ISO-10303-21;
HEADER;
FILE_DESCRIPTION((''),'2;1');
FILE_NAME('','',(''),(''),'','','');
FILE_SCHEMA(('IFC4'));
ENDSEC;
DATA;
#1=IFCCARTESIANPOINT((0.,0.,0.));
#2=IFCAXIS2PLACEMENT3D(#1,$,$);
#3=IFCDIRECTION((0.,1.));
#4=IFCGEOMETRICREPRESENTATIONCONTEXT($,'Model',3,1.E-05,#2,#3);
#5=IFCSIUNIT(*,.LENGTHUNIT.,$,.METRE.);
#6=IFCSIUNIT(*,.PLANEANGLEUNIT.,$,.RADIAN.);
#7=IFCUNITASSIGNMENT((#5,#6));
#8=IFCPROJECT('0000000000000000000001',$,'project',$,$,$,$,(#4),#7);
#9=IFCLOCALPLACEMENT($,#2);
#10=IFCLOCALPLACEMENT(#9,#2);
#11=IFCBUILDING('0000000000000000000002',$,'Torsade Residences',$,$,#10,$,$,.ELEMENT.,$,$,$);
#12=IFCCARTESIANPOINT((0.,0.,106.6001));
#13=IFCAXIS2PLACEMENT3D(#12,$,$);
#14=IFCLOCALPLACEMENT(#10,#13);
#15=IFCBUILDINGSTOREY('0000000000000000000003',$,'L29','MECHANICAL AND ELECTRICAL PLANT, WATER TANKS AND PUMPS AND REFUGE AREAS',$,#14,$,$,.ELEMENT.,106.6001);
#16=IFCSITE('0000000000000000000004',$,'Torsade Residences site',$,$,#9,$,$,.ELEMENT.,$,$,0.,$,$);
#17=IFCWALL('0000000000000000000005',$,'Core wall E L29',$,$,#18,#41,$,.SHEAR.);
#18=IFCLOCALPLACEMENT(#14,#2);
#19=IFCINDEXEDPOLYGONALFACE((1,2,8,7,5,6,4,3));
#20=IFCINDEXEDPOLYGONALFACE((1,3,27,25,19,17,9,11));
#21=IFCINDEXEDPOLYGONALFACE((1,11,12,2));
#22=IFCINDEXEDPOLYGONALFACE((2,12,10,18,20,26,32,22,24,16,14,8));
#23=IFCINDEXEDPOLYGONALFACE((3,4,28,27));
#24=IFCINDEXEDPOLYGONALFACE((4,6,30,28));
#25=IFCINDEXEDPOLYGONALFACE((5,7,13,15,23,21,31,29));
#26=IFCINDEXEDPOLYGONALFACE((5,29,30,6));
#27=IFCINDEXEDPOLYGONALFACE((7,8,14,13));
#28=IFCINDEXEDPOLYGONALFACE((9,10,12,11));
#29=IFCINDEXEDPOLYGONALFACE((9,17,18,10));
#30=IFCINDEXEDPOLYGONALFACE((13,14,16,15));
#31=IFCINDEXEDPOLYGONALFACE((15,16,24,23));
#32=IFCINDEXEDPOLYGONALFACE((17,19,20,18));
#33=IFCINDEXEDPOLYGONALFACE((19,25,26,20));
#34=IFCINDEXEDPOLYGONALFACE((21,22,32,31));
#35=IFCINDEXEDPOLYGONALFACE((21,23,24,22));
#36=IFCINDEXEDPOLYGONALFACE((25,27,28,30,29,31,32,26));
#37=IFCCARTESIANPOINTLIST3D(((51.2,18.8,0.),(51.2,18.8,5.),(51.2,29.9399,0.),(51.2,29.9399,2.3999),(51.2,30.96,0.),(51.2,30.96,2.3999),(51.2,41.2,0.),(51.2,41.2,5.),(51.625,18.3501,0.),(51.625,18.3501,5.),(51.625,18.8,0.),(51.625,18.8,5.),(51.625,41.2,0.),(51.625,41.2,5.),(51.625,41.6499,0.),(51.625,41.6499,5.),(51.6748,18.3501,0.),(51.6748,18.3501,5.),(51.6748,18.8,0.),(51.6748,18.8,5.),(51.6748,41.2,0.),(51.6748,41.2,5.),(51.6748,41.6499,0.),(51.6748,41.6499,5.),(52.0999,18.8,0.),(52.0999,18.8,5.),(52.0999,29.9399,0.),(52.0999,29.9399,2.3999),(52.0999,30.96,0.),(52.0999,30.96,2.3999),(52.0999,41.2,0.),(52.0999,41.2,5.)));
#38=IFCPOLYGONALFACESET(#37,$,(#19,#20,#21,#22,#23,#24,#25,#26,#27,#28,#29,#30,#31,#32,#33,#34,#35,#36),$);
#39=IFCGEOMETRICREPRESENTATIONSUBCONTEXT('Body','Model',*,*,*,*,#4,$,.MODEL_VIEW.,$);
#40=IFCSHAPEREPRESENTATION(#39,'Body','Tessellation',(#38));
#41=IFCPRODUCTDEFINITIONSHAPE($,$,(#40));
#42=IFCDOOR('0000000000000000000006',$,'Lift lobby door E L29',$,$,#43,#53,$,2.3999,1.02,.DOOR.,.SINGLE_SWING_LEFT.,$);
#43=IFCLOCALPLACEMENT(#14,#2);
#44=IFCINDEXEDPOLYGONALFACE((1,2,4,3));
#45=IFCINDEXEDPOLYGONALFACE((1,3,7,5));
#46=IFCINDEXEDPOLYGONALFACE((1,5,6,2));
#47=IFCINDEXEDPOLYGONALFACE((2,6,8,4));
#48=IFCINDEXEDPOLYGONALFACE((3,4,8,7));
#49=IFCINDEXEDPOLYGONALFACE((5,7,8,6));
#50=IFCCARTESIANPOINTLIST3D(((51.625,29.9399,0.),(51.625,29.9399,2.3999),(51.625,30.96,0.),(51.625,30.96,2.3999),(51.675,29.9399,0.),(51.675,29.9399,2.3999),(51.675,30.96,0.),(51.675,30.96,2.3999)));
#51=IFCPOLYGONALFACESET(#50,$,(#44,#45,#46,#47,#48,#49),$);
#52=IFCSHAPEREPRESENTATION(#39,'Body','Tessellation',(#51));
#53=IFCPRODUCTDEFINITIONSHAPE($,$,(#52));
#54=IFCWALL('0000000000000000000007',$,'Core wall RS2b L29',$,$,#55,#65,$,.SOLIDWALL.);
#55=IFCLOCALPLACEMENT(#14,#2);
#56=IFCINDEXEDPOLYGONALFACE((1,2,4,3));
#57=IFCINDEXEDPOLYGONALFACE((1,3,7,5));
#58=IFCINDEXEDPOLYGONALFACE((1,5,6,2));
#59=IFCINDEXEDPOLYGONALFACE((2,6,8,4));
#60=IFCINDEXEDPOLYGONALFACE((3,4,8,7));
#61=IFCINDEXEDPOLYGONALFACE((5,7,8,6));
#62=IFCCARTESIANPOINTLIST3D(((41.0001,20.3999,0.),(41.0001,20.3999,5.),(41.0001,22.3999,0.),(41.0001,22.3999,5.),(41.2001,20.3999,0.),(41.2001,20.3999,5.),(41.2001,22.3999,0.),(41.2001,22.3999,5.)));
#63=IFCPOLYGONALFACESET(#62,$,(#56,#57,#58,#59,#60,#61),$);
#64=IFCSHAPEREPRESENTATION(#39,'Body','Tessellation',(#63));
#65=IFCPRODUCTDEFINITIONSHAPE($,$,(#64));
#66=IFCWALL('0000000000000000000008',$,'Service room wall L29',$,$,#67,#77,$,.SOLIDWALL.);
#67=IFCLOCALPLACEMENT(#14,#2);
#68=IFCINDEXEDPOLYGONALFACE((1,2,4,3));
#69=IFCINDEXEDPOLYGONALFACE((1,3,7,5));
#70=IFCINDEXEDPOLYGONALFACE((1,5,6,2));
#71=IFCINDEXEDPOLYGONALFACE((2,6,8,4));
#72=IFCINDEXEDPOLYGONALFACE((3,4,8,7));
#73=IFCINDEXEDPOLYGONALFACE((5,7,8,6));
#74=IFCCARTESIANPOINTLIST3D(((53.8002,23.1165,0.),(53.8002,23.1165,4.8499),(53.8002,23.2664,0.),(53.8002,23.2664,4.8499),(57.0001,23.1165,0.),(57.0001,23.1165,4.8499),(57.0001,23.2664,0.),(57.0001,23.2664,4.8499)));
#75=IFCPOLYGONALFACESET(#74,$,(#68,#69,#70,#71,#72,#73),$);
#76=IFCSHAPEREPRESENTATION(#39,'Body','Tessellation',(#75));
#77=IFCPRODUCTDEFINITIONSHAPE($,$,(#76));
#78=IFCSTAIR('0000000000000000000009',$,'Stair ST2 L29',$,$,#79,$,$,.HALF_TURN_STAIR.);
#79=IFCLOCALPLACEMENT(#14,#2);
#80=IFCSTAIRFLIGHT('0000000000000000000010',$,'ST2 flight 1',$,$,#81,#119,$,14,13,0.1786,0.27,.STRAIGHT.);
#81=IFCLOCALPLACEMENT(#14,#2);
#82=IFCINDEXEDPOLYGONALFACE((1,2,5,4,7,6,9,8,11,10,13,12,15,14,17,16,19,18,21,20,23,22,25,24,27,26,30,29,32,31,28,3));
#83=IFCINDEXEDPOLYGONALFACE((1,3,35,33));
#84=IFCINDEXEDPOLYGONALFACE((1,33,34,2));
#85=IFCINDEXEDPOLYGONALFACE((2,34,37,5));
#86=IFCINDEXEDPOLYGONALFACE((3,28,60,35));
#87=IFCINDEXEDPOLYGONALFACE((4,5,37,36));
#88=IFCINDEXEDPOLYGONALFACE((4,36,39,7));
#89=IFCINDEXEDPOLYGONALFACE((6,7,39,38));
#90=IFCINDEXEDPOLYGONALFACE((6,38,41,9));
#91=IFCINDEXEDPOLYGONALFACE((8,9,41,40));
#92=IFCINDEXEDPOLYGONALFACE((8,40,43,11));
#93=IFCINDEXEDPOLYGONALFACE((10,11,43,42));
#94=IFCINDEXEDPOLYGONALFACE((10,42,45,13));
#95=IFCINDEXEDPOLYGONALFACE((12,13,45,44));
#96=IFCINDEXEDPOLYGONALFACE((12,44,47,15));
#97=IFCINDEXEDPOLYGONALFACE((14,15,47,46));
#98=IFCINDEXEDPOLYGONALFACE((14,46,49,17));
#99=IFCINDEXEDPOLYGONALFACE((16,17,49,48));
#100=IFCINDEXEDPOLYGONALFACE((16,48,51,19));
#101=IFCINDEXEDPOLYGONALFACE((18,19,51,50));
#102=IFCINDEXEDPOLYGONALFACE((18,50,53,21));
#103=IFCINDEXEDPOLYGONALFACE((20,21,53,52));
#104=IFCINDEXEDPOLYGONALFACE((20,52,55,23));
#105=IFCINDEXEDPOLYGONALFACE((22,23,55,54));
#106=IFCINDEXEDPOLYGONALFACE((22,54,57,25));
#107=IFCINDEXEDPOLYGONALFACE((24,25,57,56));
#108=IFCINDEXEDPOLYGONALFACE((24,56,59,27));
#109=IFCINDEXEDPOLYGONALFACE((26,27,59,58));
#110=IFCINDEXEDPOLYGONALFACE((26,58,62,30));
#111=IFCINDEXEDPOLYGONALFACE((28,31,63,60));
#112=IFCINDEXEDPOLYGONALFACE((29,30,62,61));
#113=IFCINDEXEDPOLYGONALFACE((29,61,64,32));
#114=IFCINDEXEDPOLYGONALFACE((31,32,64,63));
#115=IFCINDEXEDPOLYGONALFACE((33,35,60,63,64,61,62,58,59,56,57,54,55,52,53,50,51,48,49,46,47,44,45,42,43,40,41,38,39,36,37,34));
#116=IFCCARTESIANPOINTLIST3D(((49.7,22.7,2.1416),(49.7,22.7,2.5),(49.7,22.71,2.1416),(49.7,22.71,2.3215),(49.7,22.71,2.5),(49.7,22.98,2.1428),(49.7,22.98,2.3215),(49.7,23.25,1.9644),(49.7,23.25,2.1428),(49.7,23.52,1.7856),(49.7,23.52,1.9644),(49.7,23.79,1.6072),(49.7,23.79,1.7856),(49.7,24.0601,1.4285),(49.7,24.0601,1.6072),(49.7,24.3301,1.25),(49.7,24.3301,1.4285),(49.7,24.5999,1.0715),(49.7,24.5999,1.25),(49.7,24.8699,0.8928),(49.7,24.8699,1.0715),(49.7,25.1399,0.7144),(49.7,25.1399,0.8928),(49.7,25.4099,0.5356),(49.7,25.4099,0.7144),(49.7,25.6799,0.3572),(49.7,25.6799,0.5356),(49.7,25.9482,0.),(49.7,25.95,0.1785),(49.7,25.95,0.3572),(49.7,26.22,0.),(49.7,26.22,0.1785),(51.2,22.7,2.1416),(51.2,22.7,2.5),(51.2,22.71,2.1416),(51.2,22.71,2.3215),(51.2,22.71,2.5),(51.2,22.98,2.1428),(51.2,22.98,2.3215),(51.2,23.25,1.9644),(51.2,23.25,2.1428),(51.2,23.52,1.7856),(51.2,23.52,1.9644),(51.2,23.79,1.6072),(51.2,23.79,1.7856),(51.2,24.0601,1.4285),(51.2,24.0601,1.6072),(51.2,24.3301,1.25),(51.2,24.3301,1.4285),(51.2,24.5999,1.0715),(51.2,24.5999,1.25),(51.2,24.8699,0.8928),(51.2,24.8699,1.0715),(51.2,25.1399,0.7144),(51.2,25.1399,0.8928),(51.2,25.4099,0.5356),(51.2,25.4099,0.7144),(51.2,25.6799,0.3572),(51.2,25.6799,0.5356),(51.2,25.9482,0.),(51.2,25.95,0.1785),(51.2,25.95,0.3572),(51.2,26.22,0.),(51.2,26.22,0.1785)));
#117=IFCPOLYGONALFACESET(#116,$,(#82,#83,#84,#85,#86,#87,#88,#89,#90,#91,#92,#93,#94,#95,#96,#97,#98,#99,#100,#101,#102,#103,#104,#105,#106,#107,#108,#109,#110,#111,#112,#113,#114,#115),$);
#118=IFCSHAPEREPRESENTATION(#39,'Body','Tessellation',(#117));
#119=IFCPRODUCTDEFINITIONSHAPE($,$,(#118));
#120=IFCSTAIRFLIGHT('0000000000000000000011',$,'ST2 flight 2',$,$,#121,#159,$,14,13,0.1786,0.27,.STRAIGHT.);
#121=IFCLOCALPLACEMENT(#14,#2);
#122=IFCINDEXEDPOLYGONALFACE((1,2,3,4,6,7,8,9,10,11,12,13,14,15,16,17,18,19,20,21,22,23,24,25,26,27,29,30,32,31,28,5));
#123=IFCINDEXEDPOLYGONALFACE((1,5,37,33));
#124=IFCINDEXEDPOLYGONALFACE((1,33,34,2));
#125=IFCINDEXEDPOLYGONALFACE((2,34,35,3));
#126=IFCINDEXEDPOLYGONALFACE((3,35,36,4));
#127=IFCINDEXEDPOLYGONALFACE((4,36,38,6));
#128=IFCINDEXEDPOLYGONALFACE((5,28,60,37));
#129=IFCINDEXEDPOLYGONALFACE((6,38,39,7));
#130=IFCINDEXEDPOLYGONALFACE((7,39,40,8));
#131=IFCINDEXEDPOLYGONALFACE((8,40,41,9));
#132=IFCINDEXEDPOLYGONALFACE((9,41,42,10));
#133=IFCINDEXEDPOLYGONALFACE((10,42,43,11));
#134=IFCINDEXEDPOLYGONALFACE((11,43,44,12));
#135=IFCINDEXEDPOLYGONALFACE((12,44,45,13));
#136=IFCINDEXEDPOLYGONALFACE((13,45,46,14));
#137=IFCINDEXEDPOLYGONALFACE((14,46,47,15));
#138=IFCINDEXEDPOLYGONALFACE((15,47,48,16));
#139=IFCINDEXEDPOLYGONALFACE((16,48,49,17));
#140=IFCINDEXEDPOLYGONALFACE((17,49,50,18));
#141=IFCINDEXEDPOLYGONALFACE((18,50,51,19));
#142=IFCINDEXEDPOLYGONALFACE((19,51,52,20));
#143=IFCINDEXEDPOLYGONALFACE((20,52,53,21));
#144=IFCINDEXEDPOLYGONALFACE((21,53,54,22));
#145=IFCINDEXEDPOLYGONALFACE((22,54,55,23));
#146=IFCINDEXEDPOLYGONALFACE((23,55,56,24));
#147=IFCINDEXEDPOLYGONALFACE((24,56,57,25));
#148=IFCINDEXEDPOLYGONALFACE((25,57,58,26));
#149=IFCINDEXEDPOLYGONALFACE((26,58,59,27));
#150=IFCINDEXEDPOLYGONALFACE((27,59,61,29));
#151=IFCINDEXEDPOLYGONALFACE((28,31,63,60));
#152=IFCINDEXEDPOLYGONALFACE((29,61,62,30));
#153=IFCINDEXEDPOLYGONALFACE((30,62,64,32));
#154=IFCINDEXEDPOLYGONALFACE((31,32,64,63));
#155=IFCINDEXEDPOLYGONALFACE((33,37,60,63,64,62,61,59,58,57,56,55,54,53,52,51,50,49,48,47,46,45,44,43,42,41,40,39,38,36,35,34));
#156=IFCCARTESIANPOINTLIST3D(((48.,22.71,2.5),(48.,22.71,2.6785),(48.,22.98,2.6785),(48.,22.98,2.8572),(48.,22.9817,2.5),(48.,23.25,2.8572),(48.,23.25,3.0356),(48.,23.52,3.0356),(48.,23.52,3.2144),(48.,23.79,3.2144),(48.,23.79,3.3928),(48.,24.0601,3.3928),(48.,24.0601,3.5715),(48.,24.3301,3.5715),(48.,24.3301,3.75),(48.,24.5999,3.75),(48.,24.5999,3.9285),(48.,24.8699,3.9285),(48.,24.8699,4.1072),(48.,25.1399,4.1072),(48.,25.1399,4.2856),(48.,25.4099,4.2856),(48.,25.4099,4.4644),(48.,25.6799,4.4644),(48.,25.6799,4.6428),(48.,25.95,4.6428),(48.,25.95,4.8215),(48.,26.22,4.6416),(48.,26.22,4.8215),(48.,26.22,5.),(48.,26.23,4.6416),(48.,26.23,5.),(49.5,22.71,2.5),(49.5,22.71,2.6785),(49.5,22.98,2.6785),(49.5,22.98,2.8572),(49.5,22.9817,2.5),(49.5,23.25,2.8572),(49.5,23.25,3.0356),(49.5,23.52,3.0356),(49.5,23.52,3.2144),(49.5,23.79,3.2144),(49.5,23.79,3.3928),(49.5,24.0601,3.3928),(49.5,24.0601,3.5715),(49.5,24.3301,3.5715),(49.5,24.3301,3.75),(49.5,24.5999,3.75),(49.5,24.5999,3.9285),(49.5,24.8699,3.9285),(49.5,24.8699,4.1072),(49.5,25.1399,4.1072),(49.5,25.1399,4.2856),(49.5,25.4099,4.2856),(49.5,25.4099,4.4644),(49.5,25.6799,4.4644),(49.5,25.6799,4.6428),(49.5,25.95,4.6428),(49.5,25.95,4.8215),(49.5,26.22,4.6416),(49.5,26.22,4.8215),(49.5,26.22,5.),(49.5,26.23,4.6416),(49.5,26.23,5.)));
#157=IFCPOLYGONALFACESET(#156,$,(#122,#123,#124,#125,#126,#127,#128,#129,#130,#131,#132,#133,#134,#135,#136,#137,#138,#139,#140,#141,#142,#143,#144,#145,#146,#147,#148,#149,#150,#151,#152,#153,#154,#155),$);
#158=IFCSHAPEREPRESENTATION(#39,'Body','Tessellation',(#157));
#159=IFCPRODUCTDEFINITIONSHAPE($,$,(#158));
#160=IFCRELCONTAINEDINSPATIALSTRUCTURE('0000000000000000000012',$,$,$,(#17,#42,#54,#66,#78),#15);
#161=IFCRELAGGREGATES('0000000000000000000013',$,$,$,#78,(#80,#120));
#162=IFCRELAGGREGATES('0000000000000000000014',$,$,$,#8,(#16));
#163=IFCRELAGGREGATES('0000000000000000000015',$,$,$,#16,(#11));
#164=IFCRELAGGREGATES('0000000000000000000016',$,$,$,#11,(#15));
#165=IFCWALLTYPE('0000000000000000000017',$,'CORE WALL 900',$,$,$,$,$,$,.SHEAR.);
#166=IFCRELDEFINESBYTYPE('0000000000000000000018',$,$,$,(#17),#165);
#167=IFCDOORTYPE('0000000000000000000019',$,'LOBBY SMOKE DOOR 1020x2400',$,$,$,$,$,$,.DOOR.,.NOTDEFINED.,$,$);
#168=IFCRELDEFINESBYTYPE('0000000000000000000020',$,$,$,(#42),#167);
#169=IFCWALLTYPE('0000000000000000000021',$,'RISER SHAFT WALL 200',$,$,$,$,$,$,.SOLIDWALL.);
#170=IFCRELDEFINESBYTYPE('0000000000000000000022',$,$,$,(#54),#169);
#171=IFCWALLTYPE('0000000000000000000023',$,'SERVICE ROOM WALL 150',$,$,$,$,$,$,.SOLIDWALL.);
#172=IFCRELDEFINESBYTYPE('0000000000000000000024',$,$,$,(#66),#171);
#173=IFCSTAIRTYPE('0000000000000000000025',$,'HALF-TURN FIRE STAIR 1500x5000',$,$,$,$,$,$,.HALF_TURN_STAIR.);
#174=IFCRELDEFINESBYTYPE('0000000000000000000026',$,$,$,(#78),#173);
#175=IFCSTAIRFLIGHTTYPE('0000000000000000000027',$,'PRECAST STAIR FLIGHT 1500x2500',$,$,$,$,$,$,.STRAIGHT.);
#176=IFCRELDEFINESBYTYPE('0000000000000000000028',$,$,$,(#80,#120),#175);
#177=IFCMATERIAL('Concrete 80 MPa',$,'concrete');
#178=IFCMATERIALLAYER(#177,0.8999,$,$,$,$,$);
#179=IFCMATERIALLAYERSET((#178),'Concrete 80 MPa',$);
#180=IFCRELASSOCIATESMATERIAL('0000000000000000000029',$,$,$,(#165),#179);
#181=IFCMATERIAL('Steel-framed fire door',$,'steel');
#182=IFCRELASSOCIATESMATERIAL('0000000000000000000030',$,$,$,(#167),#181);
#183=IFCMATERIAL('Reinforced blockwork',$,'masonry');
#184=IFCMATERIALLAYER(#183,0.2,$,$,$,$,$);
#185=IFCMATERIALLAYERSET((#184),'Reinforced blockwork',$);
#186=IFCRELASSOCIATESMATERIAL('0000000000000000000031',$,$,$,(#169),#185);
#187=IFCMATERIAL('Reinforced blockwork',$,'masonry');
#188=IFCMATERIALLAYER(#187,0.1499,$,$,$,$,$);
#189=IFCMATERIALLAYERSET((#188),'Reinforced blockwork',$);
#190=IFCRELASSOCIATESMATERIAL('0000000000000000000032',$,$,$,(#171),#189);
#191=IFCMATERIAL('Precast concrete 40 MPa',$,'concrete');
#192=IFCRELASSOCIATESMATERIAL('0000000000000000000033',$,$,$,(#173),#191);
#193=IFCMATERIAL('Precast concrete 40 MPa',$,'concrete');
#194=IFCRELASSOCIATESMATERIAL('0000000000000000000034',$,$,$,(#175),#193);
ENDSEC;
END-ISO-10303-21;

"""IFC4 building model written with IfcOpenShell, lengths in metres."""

from ifc_helpers import new_model, si_unit, direction, frame, frame_2d, origin, place, context, subcontext, project, spatial, polyline, rectangle, outline, extrude, material, layer, layer_set, type_object, element, fill, aggregate, save


model = new_model("IFC4")

# Units and contexts
model_context = context("Model", 3, precision=1e-05, world=origin(), true_north=direction((0.0, 1.0)))
body_context = subcontext(model_context, "Body", "Model", "MODEL_VIEW")
ifc_project = project(units=[si_unit("LENGTHUNIT", "METRE"), si_unit("PLANEANGLEUNIT", "RADIAN")], contexts=[model_context])

# Site, building, storey
site_placement = place(None, origin())
site = spatial("IfcSite", under=ifc_project, at=site_placement, Name="Torsade Residences site", CompositionType="ELEMENT", RefElevation=0.0)
building_placement = place(site_placement, origin())
building = spatial("IfcBuilding", under=site, at=building_placement, Name="Torsade Residences", CompositionType="ELEMENT")
storey_placement = place(building_placement, frame((0.0, 0.0, 106.6001)))
storey = spatial("IfcBuildingStorey", under=building, at=storey_placement, Name="L29", Description="MECHANICAL AND ELECTRICAL PLANT, WATER TANKS AND PUMPS AND REFUGE AREAS", CompositionType="ELEMENT", Elevation=106.6001)

# Wall, opening, door
ifc_material_1 = material(Name="Concrete 80 MPa", Category="concrete")
ifc_layer_1 = layer(ifc_material_1, 0.8999)
ifc_layer_set_1 = layer_set([ifc_layer_1], Name="Concrete 80 MPa")
wall_type_1 = type_object("IfcWallType", Name="CORE WALL 900", PredefinedType="SHEAR", material=ifc_layer_set_1)
wall_1_placement = place(storey_placement, frame((51.6499, 18.8, 0.0), z_axis=(0.0, 0.0, 1.0), x_axis=(0.0, 1.0, 0.0)))
wall_1 = element("IfcWall", 1, at=wall_1_placement, inside=storey, type_object=wall_type_1, Name="Core wall E L29", PredefinedType="SHEAR", context=body_context, shape_type="SweptSolid", body=[
    extrude(outline(polyline([(0.0, -0.45), (22.3999, -0.45), (22.3999, -0.0249), (22.8499, -0.0249), (22.8499, 0.0249), (22.3999, 0.0249), (22.3999, 0.45), (0.0, 0.45), (0.0, 0.0249), (-0.45, 0.0249), (-0.45, -0.0249), (0.0, -0.0249), (0.0, -0.45)])), origin(), (0.0, 0.0, 1.0), 5.0),
])
opening_placement = place(wall_1_placement, frame((11.1399, 0.0, 0.0)))
opening = element("IfcOpeningElement", 2, at=opening_placement, cuts=wall_1, PredefinedType="OPENING", context=body_context, shape_type="SweptSolid", body=[
    extrude(rectangle(XDim=1.02, YDim=2.3999, at=frame_2d((0.51, 1.2))), frame((0.0, 0.46, 0.0), z_axis=(0.0, -1.0, 0.0), x_axis=(1.0, 0.0, 0.0)), (0.0, 0.0, 1.0), 0.9199),
])
ifc_material_2 = material(Name="Steel-framed fire door", Category="steel")
door_type = type_object("IfcDoorType", Name="LOBBY SMOKE DOOR 1020x2400", OperationType="NOTDEFINED", PredefinedType="DOOR", material=ifc_material_2)
door_placement = place(opening_placement, origin())
door = element("IfcDoor", 3, at=door_placement, inside=storey, type_object=door_type, Name="Lift lobby door E L29", OperationType="SINGLE_SWING_LEFT", OverallHeight=2.3999, OverallWidth=1.02, PredefinedType="DOOR", context=body_context, shape_type="SweptSolid", body=[
    extrude(rectangle(XDim=1.02, YDim=2.3999, at=frame_2d((0.51, 1.2))), frame((0.0, 0.0249, 0.0), z_axis=(0.0, -1.0, 0.0), x_axis=(1.0, 0.0, 0.0)), (0.0, 0.0, 1.0), 0.05),
])
fill(opening, door)

# Walls
ifc_material_3 = material(Name="Reinforced blockwork", Category="masonry")
ifc_layer_2 = layer(ifc_material_3, 0.2)
ifc_layer_set_2 = layer_set([ifc_layer_2], Name="Reinforced blockwork")
wall_type_2 = type_object("IfcWallType", Name="RISER SHAFT WALL 200", PredefinedType="SOLIDWALL", material=ifc_layer_set_2)
wall_2_placement = place(storey_placement, frame((41.1001, 22.3999, 0.0), z_axis=(0.0, 0.0, 1.0), x_axis=(0.0, -1.0, 0.0)))
element("IfcWall", 4, at=wall_2_placement, inside=storey, type_object=wall_type_2, Name="Core wall RS2b L29", PredefinedType="SOLIDWALL", context=body_context, shape_type="SweptSolid", body=[
    extrude(rectangle(XDim=2.0, YDim=0.2, at=frame_2d((1.0, 0.0))), origin(), (0.0, 0.0, 1.0), 5.0),
])
ifc_material_4 = material(Name="Reinforced blockwork", Category="masonry")
ifc_layer_3 = layer(ifc_material_4, 0.1499)
ifc_layer_set_3 = layer_set([ifc_layer_3], Name="Reinforced blockwork")
wall_type_3 = type_object("IfcWallType", Name="SERVICE ROOM WALL 150", PredefinedType="SOLIDWALL", material=ifc_layer_set_3)
wall_3_placement = place(storey_placement, frame((53.8, 23.1914, 0.0), z_axis=(0.0, 0.0, 1.0), x_axis=(1.0, 0.0, 0.0)))
element("IfcWall", 5, at=wall_3_placement, inside=storey, type_object=wall_type_3, Name="Service room wall L29", PredefinedType="SOLIDWALL", context=body_context, shape_type="SweptSolid", body=[
    extrude(rectangle(XDim=3.2, YDim=0.1499, at=frame_2d((1.6001, 0.0))), origin(), (0.0, 0.0, 1.0), 4.8499),
])

# Stair, stair flights
ifc_material_5 = material(Name="Precast concrete 40 MPa", Category="concrete")
stair_type = type_object("IfcStairType", Name="HALF-TURN FIRE STAIR 1500x5000", PredefinedType="HALF_TURN_STAIR", material=ifc_material_5)
stair_placement = place(storey_placement, origin())
stair = element("IfcStair", 6, at=stair_placement, inside=storey, type_object=stair_type, Name="Stair ST2 L29", PredefinedType="HALF_TURN_STAIR")
ifc_material_6 = material(Name="Precast concrete 40 MPa", Category="concrete")
stair_flight_type = type_object("IfcStairFlightType", Name="PRECAST STAIR FLIGHT 1500x2500", PredefinedType="STRAIGHT", material=ifc_material_6)
stair_flight_1_placement = place(storey_placement, frame((50.45, 26.22, 0.0), z_axis=(0.0, 0.0, 1.0), x_axis=(0.0, -1.0, 0.0)))
stair_flight_1 = element("IfcStairFlight", 7, at=stair_flight_1_placement, type_object=stair_flight_type, Name="ST2 flight 1", NumberOfRisers=14, NumberOfTreads=13, PredefinedType="STRAIGHT", RiserHeight=0.1786, TreadLength=0.27, context=body_context, shape_type="SweptSolid", body=[
    extrude(outline(polyline([(0.0, 0.0), (0.0, 0.1785), (0.27, 0.1785), (0.27, 0.3572), (0.54, 0.3572), (0.54, 0.5356), (0.8101, 0.5356), (0.8101, 0.7144), (1.0801, 0.7144), (1.0801, 0.8928), (1.3501, 0.8928), (1.3501, 1.0715), (1.6201, 1.0715), (1.6201, 1.25), (1.8899, 1.25), (1.8899, 1.4285), (2.1599, 1.4285), (2.1599, 1.6072), (2.4299, 1.6072), (2.4299, 1.7856), (2.7, 1.7856), (2.7, 1.9644), (2.97, 1.9644), (2.97, 2.1428), (3.24, 2.1428), (3.24, 2.3215), (3.51, 2.3215), (3.51, 2.5), (3.52, 2.5), (3.52, 2.1416), (3.51, 2.1416), (0.2717, 0.0), (0.0, 0.0)])), frame((0.0, 0.75, 0.0), z_axis=(0.0, -1.0, 0.0), x_axis=(1.0, 0.0, 0.0)), (0.0, 0.0, 1.0), 1.5),
])
stair_flight_2_placement = place(storey_placement, frame((48.75, 22.71, 2.5), z_axis=(0.0, 0.0, 1.0), x_axis=(0.0, 1.0, 0.0)))
stair_flight_2 = element("IfcStairFlight", 8, at=stair_flight_2_placement, type_object=stair_flight_type, Name="ST2 flight 2", NumberOfRisers=14, NumberOfTreads=13, PredefinedType="STRAIGHT", RiserHeight=0.1786, TreadLength=0.27, context=body_context, shape_type="SweptSolid", body=[
    extrude(outline(polyline([(0.0, 0.0), (0.0, 0.1785), (0.27, 0.1785), (0.27, 0.3572), (0.54, 0.3572), (0.54, 0.5356), (0.8101, 0.5356), (0.8101, 0.7144), (1.0801, 0.7144), (1.0801, 0.8928), (1.3501, 0.8928), (1.3501, 1.0715), (1.6201, 1.0715), (1.6201, 1.25), (1.8899, 1.25), (1.8899, 1.4285), (2.1599, 1.4285), (2.1599, 1.6072), (2.4299, 1.6072), (2.4299, 1.7856), (2.7, 1.7856), (2.7, 1.9644), (2.97, 1.9644), (2.97, 2.1428), (3.24, 2.1428), (3.24, 2.3215), (3.51, 2.3215), (3.51, 2.5), (3.52, 2.5), (3.52, 2.1416), (3.51, 2.1416), (0.2717, 0.0), (0.0, 0.0)])), frame((0.0, 0.75, 0.0), z_axis=(0.0, -1.0, 0.0), x_axis=(1.0, 0.0, 0.0)), (0.0, 0.0, 1.0), 1.5),
])
aggregate(stair, [stair_flight_1, stair_flight_2])

save(model, "model.ifc")
